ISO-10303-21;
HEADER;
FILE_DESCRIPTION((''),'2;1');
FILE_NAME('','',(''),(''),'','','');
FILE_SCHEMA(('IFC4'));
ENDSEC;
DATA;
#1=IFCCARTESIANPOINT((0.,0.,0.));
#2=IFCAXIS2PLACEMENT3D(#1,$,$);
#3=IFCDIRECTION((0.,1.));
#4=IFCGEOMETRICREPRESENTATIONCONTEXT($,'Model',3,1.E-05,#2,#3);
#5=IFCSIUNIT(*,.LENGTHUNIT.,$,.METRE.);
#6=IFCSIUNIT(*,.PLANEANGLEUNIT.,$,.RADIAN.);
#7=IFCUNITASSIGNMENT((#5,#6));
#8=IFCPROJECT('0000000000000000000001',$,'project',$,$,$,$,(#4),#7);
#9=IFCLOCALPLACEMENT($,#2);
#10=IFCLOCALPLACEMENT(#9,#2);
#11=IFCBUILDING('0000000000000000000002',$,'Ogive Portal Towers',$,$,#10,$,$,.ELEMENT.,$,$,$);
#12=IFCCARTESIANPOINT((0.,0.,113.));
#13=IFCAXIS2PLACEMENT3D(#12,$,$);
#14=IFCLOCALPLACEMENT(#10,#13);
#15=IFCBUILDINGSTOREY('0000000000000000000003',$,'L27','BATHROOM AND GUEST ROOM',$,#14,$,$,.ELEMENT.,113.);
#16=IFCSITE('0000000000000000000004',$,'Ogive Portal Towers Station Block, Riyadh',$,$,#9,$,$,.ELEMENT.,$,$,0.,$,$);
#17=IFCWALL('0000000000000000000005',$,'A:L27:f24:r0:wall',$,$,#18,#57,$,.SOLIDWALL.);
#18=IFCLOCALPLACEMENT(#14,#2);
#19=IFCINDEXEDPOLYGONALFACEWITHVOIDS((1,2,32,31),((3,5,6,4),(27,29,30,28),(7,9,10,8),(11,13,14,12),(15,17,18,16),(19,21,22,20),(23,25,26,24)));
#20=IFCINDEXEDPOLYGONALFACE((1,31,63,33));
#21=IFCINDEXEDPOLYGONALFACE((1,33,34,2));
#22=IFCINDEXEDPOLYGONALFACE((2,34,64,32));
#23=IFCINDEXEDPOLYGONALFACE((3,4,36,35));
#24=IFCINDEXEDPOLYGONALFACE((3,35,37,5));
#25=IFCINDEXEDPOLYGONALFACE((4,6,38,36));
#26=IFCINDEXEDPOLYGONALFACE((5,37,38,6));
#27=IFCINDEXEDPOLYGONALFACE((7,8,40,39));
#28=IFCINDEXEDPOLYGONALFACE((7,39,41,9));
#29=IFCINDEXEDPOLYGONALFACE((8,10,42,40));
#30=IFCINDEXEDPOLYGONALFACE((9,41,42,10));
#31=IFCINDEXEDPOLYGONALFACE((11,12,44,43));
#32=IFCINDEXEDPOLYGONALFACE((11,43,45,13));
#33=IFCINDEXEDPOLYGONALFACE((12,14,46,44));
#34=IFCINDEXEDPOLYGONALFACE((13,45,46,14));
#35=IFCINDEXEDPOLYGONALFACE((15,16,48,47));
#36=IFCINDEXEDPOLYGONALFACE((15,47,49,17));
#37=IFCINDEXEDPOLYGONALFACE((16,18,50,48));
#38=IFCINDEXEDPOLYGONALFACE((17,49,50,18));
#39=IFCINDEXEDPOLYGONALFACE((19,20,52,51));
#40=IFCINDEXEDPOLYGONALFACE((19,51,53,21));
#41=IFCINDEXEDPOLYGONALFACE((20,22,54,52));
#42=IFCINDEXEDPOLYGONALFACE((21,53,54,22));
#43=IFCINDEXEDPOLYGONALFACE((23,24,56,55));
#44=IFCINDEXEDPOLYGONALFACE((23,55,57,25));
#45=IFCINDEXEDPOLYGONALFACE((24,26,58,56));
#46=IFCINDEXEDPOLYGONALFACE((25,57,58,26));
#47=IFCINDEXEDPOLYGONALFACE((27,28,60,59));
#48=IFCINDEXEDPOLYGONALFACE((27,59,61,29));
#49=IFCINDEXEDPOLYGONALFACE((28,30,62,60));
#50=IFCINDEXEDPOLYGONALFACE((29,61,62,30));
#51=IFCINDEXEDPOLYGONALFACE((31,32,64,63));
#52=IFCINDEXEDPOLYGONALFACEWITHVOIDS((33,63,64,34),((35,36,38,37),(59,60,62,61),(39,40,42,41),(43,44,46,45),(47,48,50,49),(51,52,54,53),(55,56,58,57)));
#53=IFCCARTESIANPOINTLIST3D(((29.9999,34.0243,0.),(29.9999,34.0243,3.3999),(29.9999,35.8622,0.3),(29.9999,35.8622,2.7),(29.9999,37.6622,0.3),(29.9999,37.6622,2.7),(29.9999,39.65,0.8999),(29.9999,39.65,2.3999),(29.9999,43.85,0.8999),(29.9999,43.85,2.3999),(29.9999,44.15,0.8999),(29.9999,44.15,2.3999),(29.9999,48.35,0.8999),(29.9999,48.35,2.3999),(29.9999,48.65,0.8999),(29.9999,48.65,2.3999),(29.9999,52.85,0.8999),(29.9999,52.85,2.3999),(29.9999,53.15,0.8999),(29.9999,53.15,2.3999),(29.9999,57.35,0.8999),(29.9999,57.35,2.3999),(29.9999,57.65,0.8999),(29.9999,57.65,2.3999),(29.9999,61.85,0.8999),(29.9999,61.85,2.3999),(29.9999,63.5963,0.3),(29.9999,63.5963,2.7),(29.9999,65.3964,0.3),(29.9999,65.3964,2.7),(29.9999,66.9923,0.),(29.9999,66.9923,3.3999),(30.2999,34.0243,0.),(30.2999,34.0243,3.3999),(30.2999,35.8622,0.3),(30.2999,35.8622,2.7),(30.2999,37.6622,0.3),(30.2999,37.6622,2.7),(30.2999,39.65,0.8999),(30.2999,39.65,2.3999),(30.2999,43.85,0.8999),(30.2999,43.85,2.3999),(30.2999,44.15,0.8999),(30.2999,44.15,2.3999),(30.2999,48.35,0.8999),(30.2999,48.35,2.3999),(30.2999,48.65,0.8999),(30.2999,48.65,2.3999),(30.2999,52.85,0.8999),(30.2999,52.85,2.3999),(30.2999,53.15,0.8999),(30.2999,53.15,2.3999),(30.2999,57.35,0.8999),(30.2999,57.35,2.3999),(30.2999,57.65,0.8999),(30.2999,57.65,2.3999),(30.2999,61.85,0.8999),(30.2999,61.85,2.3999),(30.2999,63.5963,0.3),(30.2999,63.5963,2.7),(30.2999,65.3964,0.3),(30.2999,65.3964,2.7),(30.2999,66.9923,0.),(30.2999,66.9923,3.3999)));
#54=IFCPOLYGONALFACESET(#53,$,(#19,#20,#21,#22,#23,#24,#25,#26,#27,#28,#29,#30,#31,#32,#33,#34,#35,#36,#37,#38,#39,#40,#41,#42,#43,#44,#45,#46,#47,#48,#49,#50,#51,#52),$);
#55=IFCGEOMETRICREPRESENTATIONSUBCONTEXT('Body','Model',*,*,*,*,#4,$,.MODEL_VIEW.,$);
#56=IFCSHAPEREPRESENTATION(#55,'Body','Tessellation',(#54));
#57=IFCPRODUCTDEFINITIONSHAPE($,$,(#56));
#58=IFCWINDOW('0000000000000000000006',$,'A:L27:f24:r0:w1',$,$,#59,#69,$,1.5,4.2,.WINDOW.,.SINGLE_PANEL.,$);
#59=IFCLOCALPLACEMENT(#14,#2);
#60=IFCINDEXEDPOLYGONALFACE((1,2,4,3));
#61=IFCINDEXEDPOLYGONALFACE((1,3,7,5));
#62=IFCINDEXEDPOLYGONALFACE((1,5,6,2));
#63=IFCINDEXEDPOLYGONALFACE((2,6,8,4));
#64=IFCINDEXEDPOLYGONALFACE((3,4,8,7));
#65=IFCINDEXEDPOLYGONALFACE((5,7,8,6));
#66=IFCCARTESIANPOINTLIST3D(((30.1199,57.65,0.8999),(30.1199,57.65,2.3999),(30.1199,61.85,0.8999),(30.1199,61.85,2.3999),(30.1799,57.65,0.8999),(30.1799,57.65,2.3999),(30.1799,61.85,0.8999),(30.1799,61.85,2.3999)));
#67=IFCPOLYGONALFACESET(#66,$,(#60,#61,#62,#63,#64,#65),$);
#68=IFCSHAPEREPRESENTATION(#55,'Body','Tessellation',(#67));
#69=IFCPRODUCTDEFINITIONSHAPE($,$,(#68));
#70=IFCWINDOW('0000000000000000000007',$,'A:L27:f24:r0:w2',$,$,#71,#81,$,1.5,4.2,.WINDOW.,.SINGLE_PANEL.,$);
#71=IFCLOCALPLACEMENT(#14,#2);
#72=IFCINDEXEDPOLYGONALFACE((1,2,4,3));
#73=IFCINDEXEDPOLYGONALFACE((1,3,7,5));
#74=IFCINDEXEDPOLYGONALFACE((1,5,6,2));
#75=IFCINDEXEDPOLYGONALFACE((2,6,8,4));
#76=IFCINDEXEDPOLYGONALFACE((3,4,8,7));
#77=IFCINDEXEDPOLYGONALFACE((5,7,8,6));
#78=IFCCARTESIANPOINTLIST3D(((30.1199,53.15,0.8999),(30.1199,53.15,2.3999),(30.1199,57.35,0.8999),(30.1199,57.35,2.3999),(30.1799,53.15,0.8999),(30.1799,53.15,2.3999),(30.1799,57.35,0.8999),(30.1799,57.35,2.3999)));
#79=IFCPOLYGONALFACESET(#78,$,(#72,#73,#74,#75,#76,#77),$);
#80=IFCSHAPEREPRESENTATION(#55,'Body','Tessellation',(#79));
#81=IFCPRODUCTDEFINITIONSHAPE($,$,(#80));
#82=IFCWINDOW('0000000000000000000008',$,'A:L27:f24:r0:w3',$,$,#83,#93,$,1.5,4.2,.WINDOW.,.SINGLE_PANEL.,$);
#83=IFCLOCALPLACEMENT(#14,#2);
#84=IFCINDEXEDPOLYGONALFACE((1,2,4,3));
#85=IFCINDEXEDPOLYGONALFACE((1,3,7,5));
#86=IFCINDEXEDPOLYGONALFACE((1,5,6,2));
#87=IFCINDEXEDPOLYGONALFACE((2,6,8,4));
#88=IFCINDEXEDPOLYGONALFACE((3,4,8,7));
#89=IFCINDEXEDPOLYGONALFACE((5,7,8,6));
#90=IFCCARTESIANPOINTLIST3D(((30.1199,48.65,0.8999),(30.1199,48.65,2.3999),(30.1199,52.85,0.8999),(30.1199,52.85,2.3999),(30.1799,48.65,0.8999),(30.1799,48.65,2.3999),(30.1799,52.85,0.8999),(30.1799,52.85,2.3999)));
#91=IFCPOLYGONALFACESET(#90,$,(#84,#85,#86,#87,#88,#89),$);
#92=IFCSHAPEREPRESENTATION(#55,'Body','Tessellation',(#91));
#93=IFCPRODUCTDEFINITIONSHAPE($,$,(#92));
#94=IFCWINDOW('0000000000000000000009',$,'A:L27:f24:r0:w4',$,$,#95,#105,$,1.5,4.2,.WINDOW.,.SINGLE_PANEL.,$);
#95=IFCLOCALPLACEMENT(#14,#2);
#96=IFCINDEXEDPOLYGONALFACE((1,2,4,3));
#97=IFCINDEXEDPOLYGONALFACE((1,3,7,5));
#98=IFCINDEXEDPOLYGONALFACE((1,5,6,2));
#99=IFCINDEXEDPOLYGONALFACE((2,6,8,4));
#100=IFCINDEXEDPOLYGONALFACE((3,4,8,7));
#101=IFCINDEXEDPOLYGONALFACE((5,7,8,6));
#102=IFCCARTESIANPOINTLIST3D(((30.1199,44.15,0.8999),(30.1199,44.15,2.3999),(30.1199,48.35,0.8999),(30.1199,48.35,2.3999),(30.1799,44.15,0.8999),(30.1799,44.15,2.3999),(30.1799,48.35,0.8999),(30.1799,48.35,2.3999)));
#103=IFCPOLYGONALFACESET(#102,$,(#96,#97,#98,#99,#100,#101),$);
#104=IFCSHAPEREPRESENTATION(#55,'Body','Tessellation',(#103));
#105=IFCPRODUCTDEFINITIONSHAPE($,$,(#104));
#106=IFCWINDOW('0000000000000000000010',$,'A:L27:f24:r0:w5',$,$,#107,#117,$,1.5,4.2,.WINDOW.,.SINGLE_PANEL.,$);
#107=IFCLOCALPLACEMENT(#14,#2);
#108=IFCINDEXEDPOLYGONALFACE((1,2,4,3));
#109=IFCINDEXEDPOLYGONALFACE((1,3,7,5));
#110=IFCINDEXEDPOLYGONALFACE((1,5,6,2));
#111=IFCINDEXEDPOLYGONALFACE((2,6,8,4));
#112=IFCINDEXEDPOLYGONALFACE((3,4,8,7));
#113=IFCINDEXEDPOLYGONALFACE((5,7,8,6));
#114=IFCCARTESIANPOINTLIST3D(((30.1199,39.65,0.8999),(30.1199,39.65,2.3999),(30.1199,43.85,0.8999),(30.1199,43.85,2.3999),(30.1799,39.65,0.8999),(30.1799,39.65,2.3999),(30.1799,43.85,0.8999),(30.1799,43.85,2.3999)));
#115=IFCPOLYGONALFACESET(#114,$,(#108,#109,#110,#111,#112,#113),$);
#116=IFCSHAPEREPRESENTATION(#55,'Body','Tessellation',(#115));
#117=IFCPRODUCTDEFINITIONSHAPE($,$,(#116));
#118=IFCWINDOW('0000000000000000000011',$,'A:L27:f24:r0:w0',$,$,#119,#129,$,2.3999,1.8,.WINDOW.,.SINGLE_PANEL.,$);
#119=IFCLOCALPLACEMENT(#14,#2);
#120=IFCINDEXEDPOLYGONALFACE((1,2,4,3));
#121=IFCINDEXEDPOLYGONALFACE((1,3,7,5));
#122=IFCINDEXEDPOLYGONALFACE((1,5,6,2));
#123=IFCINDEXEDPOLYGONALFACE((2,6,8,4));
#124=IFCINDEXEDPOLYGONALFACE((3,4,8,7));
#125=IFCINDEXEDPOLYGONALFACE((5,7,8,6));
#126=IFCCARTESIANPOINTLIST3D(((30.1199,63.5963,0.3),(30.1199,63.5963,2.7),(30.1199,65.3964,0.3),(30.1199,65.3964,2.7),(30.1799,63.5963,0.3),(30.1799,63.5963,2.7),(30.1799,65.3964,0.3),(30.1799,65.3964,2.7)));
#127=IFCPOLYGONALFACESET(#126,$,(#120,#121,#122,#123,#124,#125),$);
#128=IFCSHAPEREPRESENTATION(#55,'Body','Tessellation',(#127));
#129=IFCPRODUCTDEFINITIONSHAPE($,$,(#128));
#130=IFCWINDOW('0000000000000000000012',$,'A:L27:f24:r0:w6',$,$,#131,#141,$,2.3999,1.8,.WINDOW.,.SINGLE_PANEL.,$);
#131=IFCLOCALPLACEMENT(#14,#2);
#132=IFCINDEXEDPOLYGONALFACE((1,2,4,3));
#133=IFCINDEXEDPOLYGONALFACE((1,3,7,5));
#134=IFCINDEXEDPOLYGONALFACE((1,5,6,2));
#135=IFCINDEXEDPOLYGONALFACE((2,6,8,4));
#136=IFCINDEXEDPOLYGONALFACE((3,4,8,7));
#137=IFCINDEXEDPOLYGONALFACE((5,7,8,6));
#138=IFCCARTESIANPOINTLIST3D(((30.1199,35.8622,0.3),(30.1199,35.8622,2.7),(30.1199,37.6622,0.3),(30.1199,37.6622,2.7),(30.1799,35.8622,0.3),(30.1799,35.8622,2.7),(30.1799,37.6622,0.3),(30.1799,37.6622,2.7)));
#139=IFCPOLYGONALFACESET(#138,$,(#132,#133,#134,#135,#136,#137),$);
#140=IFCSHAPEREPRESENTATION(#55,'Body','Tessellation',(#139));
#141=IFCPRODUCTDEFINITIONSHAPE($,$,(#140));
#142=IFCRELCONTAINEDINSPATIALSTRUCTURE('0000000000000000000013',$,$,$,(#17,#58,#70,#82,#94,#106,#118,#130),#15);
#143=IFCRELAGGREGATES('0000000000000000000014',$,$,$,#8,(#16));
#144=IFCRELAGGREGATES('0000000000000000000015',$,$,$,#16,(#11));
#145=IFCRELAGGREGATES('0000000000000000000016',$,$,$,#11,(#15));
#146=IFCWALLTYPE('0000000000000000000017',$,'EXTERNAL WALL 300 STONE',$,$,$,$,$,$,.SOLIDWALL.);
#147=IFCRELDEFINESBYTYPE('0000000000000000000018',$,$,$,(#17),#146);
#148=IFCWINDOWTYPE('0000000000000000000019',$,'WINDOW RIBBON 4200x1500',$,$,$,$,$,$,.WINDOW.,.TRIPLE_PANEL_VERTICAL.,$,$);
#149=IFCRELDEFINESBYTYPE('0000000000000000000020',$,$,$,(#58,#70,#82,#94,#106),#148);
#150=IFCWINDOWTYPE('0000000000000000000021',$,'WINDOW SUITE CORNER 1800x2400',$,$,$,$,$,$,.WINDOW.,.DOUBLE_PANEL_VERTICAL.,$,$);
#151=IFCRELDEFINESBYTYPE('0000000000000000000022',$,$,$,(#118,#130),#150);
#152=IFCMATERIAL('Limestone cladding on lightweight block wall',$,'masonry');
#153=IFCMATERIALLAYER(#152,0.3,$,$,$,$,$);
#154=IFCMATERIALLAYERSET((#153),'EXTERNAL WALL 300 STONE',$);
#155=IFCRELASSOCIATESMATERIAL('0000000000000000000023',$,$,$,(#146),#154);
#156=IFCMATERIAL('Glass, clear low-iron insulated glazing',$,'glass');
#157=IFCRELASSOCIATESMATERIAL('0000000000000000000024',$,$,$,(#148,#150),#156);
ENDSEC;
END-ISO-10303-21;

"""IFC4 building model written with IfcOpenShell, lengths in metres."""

from ifc_helpers import new_model, si_unit, direction, frame, frame_2d, origin, place, context, subcontext, project, spatial, rectangle, extrude, material, layer, layer_set, type_object, element, fill, save


model = new_model("IFC4")

# Units and contexts
model_context = context("Model", 3, precision=1e-05, world=origin(), true_north=direction((0.0, 1.0)))
body_context = subcontext(model_context, "Body", "Model", "MODEL_VIEW")
ifc_project = project(units=[si_unit("LENGTHUNIT", "METRE"), si_unit("PLANEANGLEUNIT", "RADIAN")], contexts=[model_context])

# Site, building, storey
site_placement = place(None, origin())
site = spatial("IfcSite", under=ifc_project, at=site_placement, Name="Ogive Portal Towers Station Block, Riyadh", CompositionType="ELEMENT", RefElevation=0.0)
building_placement = place(site_placement, origin())
building = spatial("IfcBuilding", under=site, at=building_placement, Name="Ogive Portal Towers", CompositionType="ELEMENT")
storey_placement = place(building_placement, frame((0.0, 0.0, 113.0)))
storey = spatial("IfcBuildingStorey", under=building, at=storey_placement, Name="L27", Description="BATHROOM AND GUEST ROOM", CompositionType="ELEMENT", Elevation=113.0)

# Shared definitions
ifc_material_1 = material(Name="Glass, clear low-iron insulated glazing", Category="glass")

# Wall, openings, windows
ifc_material_2 = material(Name="Limestone cladding on lightweight block wall", Category="masonry")
ifc_layer_1 = layer(ifc_material_2, 0.3)
ifc_layer_set_1 = layer_set([ifc_layer_1], Name="EXTERNAL WALL 300 STONE")
wall_type_1 = type_object("IfcWallType", Name="EXTERNAL WALL 300 STONE", PredefinedType="SOLIDWALL", material=ifc_layer_set_1)
wall_1_placement = place(storey_placement, frame((30.1499, 66.9922, 0.0), z_axis=(0.0, 0.0, 1.0), x_axis=(0.0, -1.0, 0.0)))
wall_1 = element("IfcWall", 1, at=wall_1_placement, inside=storey, type_object=wall_type_1, Name="A:L27:f24:r0:wall", PredefinedType="SOLIDWALL", context=body_context, shape_type="SweptSolid", body=[
    extrude(rectangle(XDim=32.968, YDim=0.3, at=frame_2d((16.4839, 0.0))), origin(), (0.0, 0.0, 1.0), 3.3999),
])
opening_1_placement = place(wall_1_placement, frame((1.5959, 0.0, 0.3)))
opening_1 = element("IfcOpeningElement", 2, at=opening_1_placement, cuts=wall_1, PredefinedType="OPENING", context=body_context, shape_type="SweptSolid", body=[
    extrude(rectangle(XDim=1.8, YDim=2.3999, at=frame_2d((0.8999, 1.2))), frame((0.0, 0.1602, 0.0), z_axis=(0.0, -1.0, 0.0), x_axis=(1.0, 0.0, 0.0)), (0.0, 0.0, 1.0), 0.3201),
])
opening_2_placement = place(wall_1_placement, frame((5.1421, 0.0, 0.8999)))
opening_2 = element("IfcOpeningElement", 3, at=opening_2_placement, cuts=wall_1, PredefinedType="OPENING", context=body_context, shape_type="SweptSolid", body=[
    extrude(rectangle(XDim=4.2, YDim=1.5, at=frame_2d((2.1001, 0.75))), frame((0.0, 0.1602, 0.0), z_axis=(0.0, -1.0, 0.0), x_axis=(1.0, 0.0, 0.0)), (0.0, 0.0, 1.0), 0.3201),
])
opening_3_placement = place(wall_1_placement, frame((9.6421, 0.0, 0.8999)))
opening_3 = element("IfcOpeningElement", 4, at=opening_3_placement, cuts=wall_1, PredefinedType="OPENING", context=body_context, shape_type="SweptSolid", body=[
    extrude(rectangle(XDim=4.2, YDim=1.5, at=frame_2d((2.1001, 0.75))), frame((0.0, 0.1602, 0.0), z_axis=(0.0, -1.0, 0.0), x_axis=(1.0, 0.0, 0.0)), (0.0, 0.0, 1.0), 0.3201),
])
opening_4_placement = place(wall_1_placement, frame((14.1421, 0.0, 0.8999)))
opening_4 = element("IfcOpeningElement", 5, at=opening_4_placement, cuts=wall_1, PredefinedType="OPENING", context=body_context, shape_type="SweptSolid", body=[
    extrude(rectangle(XDim=4.2, YDim=1.5, at=frame_2d((2.1001, 0.75))), frame((0.0, 0.1602, 0.0), z_axis=(0.0, -1.0, 0.0), x_axis=(1.0, 0.0, 0.0)), (0.0, 0.0, 1.0), 0.3201),
])
opening_5_placement = place(wall_1_placement, frame((18.6421, 0.0, 0.8999)))
opening_5 = element("IfcOpeningElement", 6, at=opening_5_placement, cuts=wall_1, PredefinedType="OPENING", context=body_context, shape_type="SweptSolid", body=[
    extrude(rectangle(XDim=4.2, YDim=1.5, at=frame_2d((2.1001, 0.75))), frame((0.0, 0.1602, 0.0), z_axis=(0.0, -1.0, 0.0), x_axis=(1.0, 0.0, 0.0)), (0.0, 0.0, 1.0), 0.3201),
])
opening_6_placement = place(wall_1_placement, frame((23.1421, 0.0, 0.8999)))
opening_6 = element("IfcOpeningElement", 7, at=opening_6_placement, cuts=wall_1, PredefinedType="OPENING", context=body_context, shape_type="SweptSolid", body=[
    extrude(rectangle(XDim=4.2, YDim=1.5, at=frame_2d((2.1001, 0.75))), frame((0.0, 0.1602, 0.0), z_axis=(0.0, -1.0, 0.0), x_axis=(1.0, 0.0, 0.0)), (0.0, 0.0, 1.0), 0.3201),
])
opening_7_placement = place(wall_1_placement, frame((29.3301, 0.0, 0.3)))
opening_7 = element("IfcOpeningElement", 8, at=opening_7_placement, cuts=wall_1, PredefinedType="OPENING", context=body_context, shape_type="SweptSolid", body=[
    extrude(rectangle(XDim=1.8, YDim=2.3999, at=frame_2d((0.8999, 1.2))), frame((0.0, 0.1602, 0.0), z_axis=(0.0, -1.0, 0.0), x_axis=(1.0, 0.0, 0.0)), (0.0, 0.0, 1.0), 0.3201),
])
window_type_1 = type_object("IfcWindowType", Name="WINDOW RIBBON 4200x1500", PartitioningType="TRIPLE_PANEL_VERTICAL", PredefinedType="WINDOW", material=ifc_material_1)
window_1_placement = place(opening_2_placement, origin())
window_1 = element("IfcWindow", 9, at=window_1_placement, inside=storey, type_object=window_type_1, Name="A:L27:f24:r0:w1", OverallHeight=1.5, OverallWidth=4.2, PartitioningType="SINGLE_PANEL", PredefinedType="WINDOW", context=body_context, shape_type="SweptSolid", body=[
    extrude(rectangle(XDim=4.2, YDim=1.5, at=frame_2d((2.1001, 0.75))), frame((0.0, 0.03, 0.0), z_axis=(0.0, -1.0, 0.0), x_axis=(1.0, 0.0, 0.0)), (0.0, 0.0, 1.0), 0.0601),
])
fill(opening_2, window_1)
window_2_placement = place(opening_3_placement, origin())
window_2 = element("IfcWindow", 10, at=window_2_placement, inside=storey, type_object=window_type_1, Name="A:L27:f24:r0:w2", OverallHeight=1.5, OverallWidth=4.2, PartitioningType="SINGLE_PANEL", PredefinedType="WINDOW", context=body_context, shape_type="SweptSolid", body=[
    extrude(rectangle(XDim=4.2, YDim=1.5, at=frame_2d((2.1001, 0.75))), frame((0.0, 0.03, 0.0), z_axis=(0.0, -1.0, 0.0), x_axis=(1.0, 0.0, 0.0)), (0.0, 0.0, 1.0), 0.0601),
])
fill(opening_3, window_2)
window_3_placement = place(opening_4_placement, origin())
window_3 = element("IfcWindow", 11, at=window_3_placement, inside=storey, type_object=window_type_1, Name="A:L27:f24:r0:w3", OverallHeight=1.5, OverallWidth=4.2, PartitioningType="SINGLE_PANEL", PredefinedType="WINDOW", context=body_context, shape_type="SweptSolid", body=[
    extrude(rectangle(XDim=4.2, YDim=1.5, at=frame_2d((2.1001, 0.75))), frame((0.0, 0.03, 0.0), z_axis=(0.0, -1.0, 0.0), x_axis=(1.0, 0.0, 0.0)), (0.0, 0.0, 1.0), 0.0601),
])
fill(opening_4, window_3)
window_4_placement = place(opening_5_placement, origin())
window_4 = element("IfcWindow", 12, at=window_4_placement, inside=storey, type_object=window_type_1, Name="A:L27:f24:r0:w4", OverallHeight=1.5, OverallWidth=4.2, PartitioningType="SINGLE_PANEL", PredefinedType="WINDOW", context=body_context, shape_type="SweptSolid", body=[
    extrude(rectangle(XDim=4.2, YDim=1.5, at=frame_2d((2.1001, 0.75))), frame((0.0, 0.03, 0.0), z_axis=(0.0, -1.0, 0.0), x_axis=(1.0, 0.0, 0.0)), (0.0, 0.0, 1.0), 0.0601),
])
fill(opening_5, window_4)
window_5_placement = place(opening_6_placement, origin())
window_5 = element("IfcWindow", 13, at=window_5_placement, inside=storey, type_object=window_type_1, Name="A:L27:f24:r0:w5", OverallHeight=1.5, OverallWidth=4.2, PartitioningType="SINGLE_PANEL", PredefinedType="WINDOW", context=body_context, shape_type="SweptSolid", body=[
    extrude(rectangle(XDim=4.2, YDim=1.5, at=frame_2d((2.1001, 0.75))), frame((0.0, 0.03, 0.0), z_axis=(0.0, -1.0, 0.0), x_axis=(1.0, 0.0, 0.0)), (0.0, 0.0, 1.0), 0.0601),
])
fill(opening_6, window_5)
window_type_2 = type_object("IfcWindowType", Name="WINDOW SUITE CORNER 1800x2400", PartitioningType="DOUBLE_PANEL_VERTICAL", PredefinedType="WINDOW", material=ifc_material_1)
window_6_placement = place(opening_1_placement, origin())
window_6 = element("IfcWindow", 14, at=window_6_placement, inside=storey, type_object=window_type_2, Name="A:L27:f24:r0:w0", OverallHeight=2.3999, OverallWidth=1.8, PartitioningType="SINGLE_PANEL", PredefinedType="WINDOW", context=body_context, shape_type="SweptSolid", body=[
    extrude(rectangle(XDim=1.8, YDim=2.3999, at=frame_2d((0.8999, 1.2))), frame((0.0, 0.03, 0.0), z_axis=(0.0, -1.0, 0.0), x_axis=(1.0, 0.0, 0.0)), (0.0, 0.0, 1.0), 0.0601),
])
fill(opening_1, window_6)
window_7_placement = place(opening_7_placement, origin())
window_7 = element("IfcWindow", 15, at=window_7_placement, inside=storey, type_object=window_type_2, Name="A:L27:f24:r0:w6", OverallHeight=2.3999, OverallWidth=1.8, PartitioningType="SINGLE_PANEL", PredefinedType="WINDOW", context=body_context, shape_type="SweptSolid", body=[
    extrude(rectangle(XDim=1.8, YDim=2.3999, at=frame_2d((0.8999, 1.2))), frame((0.0, 0.03, 0.0), z_axis=(0.0, -1.0, 0.0), x_axis=(1.0, 0.0, 0.0)), (0.0, 0.0, 1.0), 0.0601),
])
fill(opening_7, window_7)

save(model, "model.ifc")
